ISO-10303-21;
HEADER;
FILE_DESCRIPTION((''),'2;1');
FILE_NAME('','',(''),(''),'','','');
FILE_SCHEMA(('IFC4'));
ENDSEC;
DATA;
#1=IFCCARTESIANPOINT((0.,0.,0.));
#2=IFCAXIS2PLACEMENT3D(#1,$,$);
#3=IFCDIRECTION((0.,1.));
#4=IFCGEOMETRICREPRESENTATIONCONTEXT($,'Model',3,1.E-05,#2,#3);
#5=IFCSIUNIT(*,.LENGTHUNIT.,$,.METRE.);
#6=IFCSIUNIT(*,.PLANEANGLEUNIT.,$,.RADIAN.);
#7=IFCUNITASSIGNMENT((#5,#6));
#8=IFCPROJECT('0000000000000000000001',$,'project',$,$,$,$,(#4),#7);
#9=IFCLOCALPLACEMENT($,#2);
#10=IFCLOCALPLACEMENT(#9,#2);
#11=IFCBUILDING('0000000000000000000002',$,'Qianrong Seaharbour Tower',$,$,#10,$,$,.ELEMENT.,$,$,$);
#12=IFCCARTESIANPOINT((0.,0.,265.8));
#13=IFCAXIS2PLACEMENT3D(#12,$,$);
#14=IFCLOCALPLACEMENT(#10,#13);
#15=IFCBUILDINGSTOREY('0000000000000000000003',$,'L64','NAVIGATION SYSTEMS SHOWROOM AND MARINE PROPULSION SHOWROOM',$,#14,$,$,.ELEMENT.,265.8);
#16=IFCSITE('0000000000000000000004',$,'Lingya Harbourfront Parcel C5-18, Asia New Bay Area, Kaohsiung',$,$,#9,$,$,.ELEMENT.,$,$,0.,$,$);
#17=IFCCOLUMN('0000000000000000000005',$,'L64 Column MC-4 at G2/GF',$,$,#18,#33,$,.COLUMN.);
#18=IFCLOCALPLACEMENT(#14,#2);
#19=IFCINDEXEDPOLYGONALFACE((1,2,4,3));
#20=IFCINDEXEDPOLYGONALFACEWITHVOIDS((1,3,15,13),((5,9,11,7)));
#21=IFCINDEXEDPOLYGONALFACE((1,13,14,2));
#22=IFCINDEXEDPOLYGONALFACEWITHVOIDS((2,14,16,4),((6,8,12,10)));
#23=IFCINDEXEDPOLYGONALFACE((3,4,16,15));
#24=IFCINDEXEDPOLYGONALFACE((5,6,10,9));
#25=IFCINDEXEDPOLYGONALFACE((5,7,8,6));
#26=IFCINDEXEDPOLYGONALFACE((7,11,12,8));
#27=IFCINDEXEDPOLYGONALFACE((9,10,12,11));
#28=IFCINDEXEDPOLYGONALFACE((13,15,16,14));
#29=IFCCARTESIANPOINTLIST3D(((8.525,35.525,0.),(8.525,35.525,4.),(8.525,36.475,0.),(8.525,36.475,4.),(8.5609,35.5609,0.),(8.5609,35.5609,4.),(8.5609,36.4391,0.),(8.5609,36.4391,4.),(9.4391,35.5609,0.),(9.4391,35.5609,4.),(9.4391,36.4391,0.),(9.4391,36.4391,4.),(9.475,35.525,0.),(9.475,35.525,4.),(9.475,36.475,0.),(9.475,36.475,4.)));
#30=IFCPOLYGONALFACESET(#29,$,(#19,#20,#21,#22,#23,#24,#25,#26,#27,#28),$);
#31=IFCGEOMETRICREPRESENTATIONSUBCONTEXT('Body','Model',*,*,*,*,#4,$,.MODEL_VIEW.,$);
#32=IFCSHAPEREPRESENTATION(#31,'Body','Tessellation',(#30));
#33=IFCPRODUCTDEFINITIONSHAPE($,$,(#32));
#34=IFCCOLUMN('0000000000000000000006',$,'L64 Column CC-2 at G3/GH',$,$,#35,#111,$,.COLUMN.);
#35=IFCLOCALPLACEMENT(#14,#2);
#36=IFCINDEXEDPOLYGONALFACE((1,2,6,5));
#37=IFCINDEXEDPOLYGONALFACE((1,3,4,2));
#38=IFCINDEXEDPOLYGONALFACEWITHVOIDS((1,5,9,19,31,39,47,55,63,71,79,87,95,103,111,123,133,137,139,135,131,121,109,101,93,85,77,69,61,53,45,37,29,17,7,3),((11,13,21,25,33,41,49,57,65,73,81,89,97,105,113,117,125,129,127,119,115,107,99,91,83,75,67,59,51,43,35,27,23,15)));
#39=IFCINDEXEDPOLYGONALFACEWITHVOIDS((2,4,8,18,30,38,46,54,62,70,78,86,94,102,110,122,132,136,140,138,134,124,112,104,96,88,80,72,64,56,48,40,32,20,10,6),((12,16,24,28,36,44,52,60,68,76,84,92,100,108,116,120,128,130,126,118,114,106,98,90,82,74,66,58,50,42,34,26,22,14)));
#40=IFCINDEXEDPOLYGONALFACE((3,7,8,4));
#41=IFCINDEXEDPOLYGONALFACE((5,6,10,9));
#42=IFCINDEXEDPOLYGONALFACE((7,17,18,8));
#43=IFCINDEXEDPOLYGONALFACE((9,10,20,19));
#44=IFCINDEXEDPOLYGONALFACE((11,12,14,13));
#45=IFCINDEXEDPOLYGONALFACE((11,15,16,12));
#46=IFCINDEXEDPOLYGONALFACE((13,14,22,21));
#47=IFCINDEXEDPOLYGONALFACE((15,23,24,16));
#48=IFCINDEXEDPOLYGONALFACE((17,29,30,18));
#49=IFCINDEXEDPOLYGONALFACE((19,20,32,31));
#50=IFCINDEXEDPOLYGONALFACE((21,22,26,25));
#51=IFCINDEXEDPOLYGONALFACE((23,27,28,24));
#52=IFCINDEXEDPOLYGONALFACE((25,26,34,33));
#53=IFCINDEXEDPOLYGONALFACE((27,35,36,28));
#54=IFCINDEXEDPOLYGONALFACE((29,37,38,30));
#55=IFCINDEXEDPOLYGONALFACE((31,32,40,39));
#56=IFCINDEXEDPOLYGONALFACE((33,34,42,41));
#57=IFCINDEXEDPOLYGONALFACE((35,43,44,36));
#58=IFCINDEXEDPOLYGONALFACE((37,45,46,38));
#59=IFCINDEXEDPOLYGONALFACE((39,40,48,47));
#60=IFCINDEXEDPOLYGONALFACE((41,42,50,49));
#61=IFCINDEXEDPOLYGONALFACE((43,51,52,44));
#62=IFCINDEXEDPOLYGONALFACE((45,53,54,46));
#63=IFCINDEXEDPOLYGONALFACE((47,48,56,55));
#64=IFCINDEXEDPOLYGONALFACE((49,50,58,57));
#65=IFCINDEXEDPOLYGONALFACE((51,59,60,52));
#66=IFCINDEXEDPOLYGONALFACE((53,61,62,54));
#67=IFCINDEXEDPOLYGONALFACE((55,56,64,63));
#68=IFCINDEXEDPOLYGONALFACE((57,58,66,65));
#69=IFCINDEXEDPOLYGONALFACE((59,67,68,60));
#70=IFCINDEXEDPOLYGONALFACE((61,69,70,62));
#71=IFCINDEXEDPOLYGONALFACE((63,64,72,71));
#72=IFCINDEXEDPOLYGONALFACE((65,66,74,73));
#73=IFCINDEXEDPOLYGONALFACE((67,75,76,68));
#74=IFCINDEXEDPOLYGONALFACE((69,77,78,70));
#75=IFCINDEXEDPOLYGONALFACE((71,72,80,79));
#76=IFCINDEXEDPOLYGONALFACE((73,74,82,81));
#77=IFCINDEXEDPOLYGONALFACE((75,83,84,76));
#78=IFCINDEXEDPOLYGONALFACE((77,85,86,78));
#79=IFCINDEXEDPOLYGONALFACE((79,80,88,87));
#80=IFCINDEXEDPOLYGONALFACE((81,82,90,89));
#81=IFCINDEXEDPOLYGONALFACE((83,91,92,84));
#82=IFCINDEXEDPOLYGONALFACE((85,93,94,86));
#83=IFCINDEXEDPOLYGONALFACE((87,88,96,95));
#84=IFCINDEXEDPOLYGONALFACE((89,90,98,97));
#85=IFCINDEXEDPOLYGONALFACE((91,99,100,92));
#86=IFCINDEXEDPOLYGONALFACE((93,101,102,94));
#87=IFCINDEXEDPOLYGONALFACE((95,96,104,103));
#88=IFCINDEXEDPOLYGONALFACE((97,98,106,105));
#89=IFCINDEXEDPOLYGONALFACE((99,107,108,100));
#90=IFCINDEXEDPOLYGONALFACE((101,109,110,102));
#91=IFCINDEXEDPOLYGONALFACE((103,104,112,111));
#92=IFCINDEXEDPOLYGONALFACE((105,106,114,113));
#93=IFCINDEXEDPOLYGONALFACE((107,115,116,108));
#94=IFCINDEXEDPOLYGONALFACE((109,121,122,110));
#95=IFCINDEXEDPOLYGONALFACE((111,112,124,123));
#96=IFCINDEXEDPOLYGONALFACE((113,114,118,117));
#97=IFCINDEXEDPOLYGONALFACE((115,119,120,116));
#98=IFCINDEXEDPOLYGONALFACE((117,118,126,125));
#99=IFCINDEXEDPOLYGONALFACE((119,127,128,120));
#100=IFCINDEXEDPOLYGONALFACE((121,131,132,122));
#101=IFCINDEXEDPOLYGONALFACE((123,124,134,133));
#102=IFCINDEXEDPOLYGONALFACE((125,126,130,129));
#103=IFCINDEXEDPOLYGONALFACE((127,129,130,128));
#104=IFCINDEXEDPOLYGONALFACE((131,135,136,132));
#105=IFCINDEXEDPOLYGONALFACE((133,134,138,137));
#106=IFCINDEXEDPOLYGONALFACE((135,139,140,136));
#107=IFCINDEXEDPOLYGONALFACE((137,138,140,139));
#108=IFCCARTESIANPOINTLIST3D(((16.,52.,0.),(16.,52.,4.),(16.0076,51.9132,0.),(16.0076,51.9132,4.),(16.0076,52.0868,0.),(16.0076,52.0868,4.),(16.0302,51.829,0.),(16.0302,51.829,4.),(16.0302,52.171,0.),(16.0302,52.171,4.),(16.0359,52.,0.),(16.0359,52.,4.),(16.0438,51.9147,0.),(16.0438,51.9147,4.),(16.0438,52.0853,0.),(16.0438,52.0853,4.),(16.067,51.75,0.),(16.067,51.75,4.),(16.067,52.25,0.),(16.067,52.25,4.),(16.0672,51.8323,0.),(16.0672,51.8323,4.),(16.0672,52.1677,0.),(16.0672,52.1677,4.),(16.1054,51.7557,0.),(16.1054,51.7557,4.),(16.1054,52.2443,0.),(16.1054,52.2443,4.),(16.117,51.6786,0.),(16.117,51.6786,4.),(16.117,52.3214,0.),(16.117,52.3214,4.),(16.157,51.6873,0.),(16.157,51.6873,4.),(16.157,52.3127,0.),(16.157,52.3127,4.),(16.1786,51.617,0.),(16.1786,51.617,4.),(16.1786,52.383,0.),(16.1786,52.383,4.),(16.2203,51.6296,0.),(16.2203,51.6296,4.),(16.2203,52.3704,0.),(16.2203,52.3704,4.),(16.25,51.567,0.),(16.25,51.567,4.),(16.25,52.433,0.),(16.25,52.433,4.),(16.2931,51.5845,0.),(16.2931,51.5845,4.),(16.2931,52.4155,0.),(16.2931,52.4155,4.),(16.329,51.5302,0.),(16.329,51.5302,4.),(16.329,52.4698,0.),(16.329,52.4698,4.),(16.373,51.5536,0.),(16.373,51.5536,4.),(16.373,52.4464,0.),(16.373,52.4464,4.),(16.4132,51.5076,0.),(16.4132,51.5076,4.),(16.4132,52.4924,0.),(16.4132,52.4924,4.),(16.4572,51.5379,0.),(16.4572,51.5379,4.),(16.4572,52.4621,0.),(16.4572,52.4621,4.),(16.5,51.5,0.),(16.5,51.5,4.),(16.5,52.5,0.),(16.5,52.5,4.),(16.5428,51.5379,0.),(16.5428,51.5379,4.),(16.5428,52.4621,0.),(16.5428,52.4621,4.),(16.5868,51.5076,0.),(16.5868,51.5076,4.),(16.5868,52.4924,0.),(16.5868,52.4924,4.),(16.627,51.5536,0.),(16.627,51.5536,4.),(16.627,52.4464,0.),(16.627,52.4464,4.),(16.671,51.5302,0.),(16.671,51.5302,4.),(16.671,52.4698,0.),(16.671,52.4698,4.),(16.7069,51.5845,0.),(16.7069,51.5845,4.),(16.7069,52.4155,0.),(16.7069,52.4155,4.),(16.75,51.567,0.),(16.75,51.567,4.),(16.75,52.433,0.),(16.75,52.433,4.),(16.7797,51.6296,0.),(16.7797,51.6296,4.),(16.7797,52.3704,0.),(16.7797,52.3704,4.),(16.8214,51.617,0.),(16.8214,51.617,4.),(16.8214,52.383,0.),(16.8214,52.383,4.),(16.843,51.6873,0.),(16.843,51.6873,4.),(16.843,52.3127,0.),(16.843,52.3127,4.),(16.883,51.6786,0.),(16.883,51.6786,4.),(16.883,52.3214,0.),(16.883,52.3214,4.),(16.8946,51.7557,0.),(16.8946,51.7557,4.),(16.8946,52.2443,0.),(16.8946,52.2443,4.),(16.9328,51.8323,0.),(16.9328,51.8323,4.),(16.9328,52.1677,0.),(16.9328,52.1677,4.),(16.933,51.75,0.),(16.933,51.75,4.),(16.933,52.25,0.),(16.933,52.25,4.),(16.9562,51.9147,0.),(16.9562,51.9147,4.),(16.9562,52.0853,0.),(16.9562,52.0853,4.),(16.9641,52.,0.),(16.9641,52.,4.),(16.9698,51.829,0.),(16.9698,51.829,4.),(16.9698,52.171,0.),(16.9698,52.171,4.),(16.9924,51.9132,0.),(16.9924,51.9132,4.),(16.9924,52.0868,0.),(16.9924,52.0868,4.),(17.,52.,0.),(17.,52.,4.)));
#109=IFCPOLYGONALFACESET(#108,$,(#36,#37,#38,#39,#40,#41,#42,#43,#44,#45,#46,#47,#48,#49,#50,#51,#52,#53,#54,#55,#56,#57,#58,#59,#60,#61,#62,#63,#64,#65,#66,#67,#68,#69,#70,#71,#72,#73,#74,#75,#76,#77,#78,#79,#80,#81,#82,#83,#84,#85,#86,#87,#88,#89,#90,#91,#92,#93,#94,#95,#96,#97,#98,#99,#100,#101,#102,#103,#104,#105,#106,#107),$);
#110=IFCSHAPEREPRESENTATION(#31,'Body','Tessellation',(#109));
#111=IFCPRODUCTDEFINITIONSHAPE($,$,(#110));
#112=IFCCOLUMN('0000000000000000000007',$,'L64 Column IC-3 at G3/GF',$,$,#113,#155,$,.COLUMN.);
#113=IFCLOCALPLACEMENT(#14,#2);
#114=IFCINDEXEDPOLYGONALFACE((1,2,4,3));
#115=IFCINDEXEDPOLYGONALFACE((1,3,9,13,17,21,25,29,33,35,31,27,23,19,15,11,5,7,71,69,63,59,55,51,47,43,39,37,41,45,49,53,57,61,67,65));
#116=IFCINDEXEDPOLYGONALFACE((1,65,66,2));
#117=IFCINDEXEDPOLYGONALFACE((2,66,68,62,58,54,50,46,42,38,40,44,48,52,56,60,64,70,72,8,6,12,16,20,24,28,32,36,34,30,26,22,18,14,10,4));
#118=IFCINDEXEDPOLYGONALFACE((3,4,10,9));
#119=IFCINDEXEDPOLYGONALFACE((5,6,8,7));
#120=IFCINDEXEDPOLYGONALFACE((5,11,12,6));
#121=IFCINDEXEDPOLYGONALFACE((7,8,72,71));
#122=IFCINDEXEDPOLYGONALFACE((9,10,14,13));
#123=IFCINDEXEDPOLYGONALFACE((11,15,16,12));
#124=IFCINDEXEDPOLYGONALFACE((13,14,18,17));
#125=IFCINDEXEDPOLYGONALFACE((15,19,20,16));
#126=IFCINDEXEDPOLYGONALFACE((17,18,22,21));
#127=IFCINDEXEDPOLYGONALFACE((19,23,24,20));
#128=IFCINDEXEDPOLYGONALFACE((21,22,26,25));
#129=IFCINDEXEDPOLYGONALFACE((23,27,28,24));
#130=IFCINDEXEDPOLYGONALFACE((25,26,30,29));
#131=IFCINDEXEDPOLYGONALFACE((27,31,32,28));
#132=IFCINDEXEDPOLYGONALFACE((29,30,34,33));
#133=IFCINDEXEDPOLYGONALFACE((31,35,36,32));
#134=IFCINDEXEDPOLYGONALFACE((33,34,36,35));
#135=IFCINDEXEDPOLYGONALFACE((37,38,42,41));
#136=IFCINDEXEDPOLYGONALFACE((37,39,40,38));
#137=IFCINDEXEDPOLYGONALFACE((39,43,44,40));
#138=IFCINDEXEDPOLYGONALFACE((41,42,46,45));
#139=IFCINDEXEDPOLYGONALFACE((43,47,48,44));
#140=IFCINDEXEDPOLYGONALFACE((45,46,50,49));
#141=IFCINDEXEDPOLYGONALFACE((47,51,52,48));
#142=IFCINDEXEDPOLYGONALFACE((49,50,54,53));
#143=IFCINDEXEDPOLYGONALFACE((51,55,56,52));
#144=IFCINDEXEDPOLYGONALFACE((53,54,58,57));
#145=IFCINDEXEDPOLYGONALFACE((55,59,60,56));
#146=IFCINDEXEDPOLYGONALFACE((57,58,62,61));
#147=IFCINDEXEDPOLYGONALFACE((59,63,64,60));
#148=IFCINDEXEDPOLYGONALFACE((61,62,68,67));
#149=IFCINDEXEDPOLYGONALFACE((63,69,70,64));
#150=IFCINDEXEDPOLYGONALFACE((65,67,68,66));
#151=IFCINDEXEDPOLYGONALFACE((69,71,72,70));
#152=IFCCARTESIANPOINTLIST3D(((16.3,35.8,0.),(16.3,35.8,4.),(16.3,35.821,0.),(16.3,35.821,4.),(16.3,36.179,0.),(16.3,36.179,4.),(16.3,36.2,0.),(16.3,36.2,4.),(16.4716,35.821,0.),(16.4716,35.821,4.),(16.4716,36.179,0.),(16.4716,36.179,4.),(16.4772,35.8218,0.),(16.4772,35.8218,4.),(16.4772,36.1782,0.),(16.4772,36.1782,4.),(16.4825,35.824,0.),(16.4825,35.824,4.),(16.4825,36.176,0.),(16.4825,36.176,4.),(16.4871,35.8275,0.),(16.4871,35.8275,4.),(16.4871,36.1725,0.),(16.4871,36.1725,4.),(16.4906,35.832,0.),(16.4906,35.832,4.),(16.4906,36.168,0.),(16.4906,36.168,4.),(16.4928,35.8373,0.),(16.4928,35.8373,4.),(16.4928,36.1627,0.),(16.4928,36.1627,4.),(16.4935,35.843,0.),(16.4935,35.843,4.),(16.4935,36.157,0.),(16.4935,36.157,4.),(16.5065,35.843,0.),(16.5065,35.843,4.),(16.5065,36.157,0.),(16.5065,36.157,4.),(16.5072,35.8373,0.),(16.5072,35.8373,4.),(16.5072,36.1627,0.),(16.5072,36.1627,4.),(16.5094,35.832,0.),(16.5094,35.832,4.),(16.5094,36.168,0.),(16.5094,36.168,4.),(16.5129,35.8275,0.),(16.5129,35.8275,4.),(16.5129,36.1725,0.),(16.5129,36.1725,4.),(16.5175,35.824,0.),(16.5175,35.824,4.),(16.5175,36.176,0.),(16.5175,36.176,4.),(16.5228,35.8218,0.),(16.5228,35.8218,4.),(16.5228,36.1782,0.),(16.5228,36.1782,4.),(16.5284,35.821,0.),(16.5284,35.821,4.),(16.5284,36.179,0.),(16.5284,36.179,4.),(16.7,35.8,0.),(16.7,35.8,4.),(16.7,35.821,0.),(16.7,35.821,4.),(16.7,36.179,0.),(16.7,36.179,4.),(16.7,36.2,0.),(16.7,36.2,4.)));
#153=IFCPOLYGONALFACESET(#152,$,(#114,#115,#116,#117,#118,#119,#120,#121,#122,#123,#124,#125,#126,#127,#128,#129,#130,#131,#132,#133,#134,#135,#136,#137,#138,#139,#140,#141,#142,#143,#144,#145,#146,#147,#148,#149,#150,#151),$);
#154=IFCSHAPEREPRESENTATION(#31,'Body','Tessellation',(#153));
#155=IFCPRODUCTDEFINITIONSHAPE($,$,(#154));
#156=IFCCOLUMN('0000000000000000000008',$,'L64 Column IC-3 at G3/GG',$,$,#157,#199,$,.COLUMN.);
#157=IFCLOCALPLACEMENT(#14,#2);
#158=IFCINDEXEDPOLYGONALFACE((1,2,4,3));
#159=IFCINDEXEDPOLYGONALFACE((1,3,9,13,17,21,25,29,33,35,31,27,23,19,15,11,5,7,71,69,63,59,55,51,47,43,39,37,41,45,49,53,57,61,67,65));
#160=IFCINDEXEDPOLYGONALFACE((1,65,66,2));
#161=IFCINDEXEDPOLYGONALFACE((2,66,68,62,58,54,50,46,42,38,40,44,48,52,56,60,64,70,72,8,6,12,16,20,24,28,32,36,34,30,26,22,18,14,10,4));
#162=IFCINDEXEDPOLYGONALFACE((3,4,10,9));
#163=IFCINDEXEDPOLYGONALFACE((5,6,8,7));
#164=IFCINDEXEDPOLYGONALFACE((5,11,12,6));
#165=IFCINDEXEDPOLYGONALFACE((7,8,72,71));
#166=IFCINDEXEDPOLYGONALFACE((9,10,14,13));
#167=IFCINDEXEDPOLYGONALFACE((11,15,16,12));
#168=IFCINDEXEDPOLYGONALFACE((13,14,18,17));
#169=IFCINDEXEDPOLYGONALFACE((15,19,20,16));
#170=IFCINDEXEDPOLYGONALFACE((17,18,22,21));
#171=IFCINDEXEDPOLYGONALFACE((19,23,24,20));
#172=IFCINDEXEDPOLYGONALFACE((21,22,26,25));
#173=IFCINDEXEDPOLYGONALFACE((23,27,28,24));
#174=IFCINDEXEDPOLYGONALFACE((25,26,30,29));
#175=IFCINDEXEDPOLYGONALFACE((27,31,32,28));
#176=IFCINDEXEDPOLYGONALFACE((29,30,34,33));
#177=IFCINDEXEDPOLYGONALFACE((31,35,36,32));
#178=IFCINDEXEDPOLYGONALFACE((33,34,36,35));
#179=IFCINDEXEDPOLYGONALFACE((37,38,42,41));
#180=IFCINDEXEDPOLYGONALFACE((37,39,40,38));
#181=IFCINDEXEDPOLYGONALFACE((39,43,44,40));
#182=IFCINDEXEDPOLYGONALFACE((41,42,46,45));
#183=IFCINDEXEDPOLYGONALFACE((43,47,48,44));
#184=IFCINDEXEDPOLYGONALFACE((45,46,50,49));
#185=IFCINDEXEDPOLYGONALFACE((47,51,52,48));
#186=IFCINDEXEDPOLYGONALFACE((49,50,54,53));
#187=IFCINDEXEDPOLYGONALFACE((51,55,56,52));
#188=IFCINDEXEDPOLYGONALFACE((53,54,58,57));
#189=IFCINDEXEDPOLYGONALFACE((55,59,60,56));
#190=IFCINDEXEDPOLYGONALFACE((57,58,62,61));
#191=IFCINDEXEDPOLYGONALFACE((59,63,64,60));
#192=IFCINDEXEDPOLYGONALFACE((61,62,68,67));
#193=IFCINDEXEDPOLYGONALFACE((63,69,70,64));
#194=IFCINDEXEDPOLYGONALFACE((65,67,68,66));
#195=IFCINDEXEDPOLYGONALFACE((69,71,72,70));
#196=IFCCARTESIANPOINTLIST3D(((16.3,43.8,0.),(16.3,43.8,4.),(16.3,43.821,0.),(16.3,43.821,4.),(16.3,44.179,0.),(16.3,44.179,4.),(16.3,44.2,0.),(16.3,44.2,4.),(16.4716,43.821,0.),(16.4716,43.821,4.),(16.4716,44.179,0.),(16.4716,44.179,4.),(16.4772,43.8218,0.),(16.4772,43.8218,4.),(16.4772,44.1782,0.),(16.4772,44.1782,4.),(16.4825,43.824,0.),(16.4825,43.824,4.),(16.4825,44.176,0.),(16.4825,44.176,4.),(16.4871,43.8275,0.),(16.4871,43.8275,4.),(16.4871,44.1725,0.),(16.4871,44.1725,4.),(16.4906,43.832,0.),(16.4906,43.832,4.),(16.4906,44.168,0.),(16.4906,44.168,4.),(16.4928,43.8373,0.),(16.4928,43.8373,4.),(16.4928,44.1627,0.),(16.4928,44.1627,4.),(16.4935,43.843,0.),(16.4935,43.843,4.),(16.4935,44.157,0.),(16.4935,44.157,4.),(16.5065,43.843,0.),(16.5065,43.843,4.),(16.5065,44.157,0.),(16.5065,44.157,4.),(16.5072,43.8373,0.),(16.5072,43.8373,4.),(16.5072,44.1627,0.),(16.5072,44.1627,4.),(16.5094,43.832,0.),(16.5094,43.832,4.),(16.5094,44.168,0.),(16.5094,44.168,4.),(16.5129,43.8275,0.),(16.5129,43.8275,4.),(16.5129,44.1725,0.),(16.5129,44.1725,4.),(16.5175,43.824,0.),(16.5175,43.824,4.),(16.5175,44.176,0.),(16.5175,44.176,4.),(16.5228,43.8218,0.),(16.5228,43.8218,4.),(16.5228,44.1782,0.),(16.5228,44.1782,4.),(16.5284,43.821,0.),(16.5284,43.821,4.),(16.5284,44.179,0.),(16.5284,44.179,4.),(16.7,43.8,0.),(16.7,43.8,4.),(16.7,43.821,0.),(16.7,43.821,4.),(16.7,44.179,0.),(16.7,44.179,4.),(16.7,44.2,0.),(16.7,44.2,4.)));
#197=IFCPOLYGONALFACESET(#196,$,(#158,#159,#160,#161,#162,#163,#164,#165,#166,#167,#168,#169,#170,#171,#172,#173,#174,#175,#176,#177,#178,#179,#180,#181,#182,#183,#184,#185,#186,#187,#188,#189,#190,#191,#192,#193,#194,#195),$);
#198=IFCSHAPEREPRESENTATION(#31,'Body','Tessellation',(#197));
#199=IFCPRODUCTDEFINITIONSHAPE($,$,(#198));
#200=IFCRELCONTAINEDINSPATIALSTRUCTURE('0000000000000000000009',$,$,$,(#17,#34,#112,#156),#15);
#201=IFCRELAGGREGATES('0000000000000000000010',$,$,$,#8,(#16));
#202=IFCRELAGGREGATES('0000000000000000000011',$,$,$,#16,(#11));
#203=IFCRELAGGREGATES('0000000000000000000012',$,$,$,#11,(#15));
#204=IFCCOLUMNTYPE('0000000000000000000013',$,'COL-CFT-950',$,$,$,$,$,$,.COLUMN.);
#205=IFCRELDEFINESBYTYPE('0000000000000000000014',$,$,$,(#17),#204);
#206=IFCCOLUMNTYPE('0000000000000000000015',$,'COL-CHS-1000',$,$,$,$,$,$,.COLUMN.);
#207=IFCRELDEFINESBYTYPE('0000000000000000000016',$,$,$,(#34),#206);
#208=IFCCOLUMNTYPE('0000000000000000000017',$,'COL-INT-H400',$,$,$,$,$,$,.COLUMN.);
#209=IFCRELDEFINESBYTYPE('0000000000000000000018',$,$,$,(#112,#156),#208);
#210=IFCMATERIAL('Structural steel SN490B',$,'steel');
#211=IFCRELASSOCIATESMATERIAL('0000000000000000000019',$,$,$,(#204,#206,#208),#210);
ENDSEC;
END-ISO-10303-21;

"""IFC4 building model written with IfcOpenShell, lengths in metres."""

from ifc_helpers import new_model, si_unit, direction, frame, origin, origin_2d, place, context, subcontext, project, spatial, hollow_rectangle, hollow_circle, i_section, extrude, material, material_profile, profile_set, type_object, element, save


model = new_model("IFC4")

# Units and contexts
model_context = context("Model", 3, precision=1e-05, world=origin(), true_north=direction((0.0, 1.0)))
body_context = subcontext(model_context, "Body", "Model", "MODEL_VIEW")
ifc_project = project(units=[si_unit("LENGTHUNIT", "METRE"), si_unit("PLANEANGLEUNIT", "RADIAN")], contexts=[model_context])

# Site, building, storey
site_placement = place(None, origin())
site = spatial("IfcSite", under=ifc_project, at=site_placement, Name="Lingya Harbourfront Parcel C5-18, Asia New Bay Area, Kaohsiung", CompositionType="ELEMENT", RefElevation=0.0)
building_placement = place(site_placement, origin())
building = spatial("IfcBuilding", under=site, at=building_placement, Name="Qianrong Seaharbour Tower", CompositionType="ELEMENT")
storey_placement = place(building_placement, frame((0.0, 0.0, 265.8)))
storey = spatial("IfcBuildingStorey", under=building, at=storey_placement, Name="L64", Description="NAVIGATION SYSTEMS SHOWROOM AND MARINE PROPULSION SHOWROOM", CompositionType="ELEMENT", Elevation=265.8)

# Columns
ifc_material_1 = material(Name="Structural steel SN490B", Category="steel")
ifc_material_profile_1 = material_profile(ifc_material_1, hollow_rectangle(XDim=0.95, YDim=0.95, WallThickness=0.0359, at=origin_2d()), Name="BOX950x950x36")
ifc_profile_set_1 = profile_set([ifc_material_profile_1], Name="Structural steel SN490B")
column_type_1 = type_object("IfcColumnType", Name="COL-CFT-950", PredefinedType="COLUMN", material=ifc_profile_set_1)
column_1_placement = place(storey_placement, frame((9.0, 36.0, 0.0), z_axis=(0.0, 0.0, 1.0), x_axis=(1.0, 0.0, 0.0)))
element("IfcColumn", 1, at=column_1_placement, inside=storey, type_object=column_type_1, Name="L64 Column MC-4 at G2/GF", PredefinedType="COLUMN", context=body_context, shape_type="SweptSolid", body=[
    extrude(hollow_rectangle(XDim=0.95, YDim=0.95, WallThickness=0.0359, at=origin_2d()), origin(), (0.0, 0.0, 1.0), 4.0),
])
ifc_material_profile_2 = material_profile(ifc_material_1, hollow_circle(Radius=0.5, WallThickness=0.0359, at=origin_2d()), Name="CHS1000x36")
ifc_profile_set_2 = profile_set([ifc_material_profile_2], Name="Structural steel SN490B")
column_type_2 = type_object("IfcColumnType", Name="COL-CHS-1000", PredefinedType="COLUMN", material=ifc_profile_set_2)
column_2_placement = place(storey_placement, frame((16.5, 52.0, 0.0), z_axis=(0.0, 0.0, 1.0), x_axis=(1.0, 0.0, 0.0)))
element("IfcColumn", 2, at=column_2_placement, inside=storey, type_object=column_type_2, Name="L64 Column CC-2 at G3/GH", PredefinedType="COLUMN", context=body_context, shape_type="SweptSolid", body=[
    extrude(hollow_circle(Radius=0.5, WallThickness=0.0359, at=origin_2d()), origin(), (0.0, 0.0, 1.0), 4.0),
])
ifc_material_profile_3 = material_profile(ifc_material_1, i_section(OverallWidth=0.3999, OverallDepth=0.3999, WebThickness=0.0129, FlangeThickness=0.021, FilletRadius=0.022, at=origin_2d()), Name="H400x400x13x21")
ifc_profile_set_3 = profile_set([ifc_material_profile_3], Name="Structural steel SN490B")
column_type_3 = type_object("IfcColumnType", Name="COL-INT-H400", PredefinedType="COLUMN", material=ifc_profile_set_3)
for number, where, z_axis, x_axis, name in (
    (3, (16.5, 36.0, 0.0), (0.0, 0.0, 1.0), (1.0, 0.0, 0.0), "L64 Column IC-3 at G3/GF"),
    (4, (16.5, 44.0, 0.0), (0.0, 0.0, 1.0), (1.0, 0.0, 0.0), "L64 Column IC-3 at G3/GG"),
):
    element("IfcColumn", number, at=place(storey_placement, frame(where, z_axis=z_axis, x_axis=x_axis)), inside=storey, type_object=column_type_3, Name=name, PredefinedType="COLUMN", context=body_context, shape_type="SweptSolid", body=[
        extrude(i_section(OverallWidth=0.3999, OverallDepth=0.3999, WebThickness=0.0129, FlangeThickness=0.021, FilletRadius=0.022, at=origin_2d()), origin(), (0.0, 0.0, 1.0), 4.0),
    ])

save(model, "model.ifc")
